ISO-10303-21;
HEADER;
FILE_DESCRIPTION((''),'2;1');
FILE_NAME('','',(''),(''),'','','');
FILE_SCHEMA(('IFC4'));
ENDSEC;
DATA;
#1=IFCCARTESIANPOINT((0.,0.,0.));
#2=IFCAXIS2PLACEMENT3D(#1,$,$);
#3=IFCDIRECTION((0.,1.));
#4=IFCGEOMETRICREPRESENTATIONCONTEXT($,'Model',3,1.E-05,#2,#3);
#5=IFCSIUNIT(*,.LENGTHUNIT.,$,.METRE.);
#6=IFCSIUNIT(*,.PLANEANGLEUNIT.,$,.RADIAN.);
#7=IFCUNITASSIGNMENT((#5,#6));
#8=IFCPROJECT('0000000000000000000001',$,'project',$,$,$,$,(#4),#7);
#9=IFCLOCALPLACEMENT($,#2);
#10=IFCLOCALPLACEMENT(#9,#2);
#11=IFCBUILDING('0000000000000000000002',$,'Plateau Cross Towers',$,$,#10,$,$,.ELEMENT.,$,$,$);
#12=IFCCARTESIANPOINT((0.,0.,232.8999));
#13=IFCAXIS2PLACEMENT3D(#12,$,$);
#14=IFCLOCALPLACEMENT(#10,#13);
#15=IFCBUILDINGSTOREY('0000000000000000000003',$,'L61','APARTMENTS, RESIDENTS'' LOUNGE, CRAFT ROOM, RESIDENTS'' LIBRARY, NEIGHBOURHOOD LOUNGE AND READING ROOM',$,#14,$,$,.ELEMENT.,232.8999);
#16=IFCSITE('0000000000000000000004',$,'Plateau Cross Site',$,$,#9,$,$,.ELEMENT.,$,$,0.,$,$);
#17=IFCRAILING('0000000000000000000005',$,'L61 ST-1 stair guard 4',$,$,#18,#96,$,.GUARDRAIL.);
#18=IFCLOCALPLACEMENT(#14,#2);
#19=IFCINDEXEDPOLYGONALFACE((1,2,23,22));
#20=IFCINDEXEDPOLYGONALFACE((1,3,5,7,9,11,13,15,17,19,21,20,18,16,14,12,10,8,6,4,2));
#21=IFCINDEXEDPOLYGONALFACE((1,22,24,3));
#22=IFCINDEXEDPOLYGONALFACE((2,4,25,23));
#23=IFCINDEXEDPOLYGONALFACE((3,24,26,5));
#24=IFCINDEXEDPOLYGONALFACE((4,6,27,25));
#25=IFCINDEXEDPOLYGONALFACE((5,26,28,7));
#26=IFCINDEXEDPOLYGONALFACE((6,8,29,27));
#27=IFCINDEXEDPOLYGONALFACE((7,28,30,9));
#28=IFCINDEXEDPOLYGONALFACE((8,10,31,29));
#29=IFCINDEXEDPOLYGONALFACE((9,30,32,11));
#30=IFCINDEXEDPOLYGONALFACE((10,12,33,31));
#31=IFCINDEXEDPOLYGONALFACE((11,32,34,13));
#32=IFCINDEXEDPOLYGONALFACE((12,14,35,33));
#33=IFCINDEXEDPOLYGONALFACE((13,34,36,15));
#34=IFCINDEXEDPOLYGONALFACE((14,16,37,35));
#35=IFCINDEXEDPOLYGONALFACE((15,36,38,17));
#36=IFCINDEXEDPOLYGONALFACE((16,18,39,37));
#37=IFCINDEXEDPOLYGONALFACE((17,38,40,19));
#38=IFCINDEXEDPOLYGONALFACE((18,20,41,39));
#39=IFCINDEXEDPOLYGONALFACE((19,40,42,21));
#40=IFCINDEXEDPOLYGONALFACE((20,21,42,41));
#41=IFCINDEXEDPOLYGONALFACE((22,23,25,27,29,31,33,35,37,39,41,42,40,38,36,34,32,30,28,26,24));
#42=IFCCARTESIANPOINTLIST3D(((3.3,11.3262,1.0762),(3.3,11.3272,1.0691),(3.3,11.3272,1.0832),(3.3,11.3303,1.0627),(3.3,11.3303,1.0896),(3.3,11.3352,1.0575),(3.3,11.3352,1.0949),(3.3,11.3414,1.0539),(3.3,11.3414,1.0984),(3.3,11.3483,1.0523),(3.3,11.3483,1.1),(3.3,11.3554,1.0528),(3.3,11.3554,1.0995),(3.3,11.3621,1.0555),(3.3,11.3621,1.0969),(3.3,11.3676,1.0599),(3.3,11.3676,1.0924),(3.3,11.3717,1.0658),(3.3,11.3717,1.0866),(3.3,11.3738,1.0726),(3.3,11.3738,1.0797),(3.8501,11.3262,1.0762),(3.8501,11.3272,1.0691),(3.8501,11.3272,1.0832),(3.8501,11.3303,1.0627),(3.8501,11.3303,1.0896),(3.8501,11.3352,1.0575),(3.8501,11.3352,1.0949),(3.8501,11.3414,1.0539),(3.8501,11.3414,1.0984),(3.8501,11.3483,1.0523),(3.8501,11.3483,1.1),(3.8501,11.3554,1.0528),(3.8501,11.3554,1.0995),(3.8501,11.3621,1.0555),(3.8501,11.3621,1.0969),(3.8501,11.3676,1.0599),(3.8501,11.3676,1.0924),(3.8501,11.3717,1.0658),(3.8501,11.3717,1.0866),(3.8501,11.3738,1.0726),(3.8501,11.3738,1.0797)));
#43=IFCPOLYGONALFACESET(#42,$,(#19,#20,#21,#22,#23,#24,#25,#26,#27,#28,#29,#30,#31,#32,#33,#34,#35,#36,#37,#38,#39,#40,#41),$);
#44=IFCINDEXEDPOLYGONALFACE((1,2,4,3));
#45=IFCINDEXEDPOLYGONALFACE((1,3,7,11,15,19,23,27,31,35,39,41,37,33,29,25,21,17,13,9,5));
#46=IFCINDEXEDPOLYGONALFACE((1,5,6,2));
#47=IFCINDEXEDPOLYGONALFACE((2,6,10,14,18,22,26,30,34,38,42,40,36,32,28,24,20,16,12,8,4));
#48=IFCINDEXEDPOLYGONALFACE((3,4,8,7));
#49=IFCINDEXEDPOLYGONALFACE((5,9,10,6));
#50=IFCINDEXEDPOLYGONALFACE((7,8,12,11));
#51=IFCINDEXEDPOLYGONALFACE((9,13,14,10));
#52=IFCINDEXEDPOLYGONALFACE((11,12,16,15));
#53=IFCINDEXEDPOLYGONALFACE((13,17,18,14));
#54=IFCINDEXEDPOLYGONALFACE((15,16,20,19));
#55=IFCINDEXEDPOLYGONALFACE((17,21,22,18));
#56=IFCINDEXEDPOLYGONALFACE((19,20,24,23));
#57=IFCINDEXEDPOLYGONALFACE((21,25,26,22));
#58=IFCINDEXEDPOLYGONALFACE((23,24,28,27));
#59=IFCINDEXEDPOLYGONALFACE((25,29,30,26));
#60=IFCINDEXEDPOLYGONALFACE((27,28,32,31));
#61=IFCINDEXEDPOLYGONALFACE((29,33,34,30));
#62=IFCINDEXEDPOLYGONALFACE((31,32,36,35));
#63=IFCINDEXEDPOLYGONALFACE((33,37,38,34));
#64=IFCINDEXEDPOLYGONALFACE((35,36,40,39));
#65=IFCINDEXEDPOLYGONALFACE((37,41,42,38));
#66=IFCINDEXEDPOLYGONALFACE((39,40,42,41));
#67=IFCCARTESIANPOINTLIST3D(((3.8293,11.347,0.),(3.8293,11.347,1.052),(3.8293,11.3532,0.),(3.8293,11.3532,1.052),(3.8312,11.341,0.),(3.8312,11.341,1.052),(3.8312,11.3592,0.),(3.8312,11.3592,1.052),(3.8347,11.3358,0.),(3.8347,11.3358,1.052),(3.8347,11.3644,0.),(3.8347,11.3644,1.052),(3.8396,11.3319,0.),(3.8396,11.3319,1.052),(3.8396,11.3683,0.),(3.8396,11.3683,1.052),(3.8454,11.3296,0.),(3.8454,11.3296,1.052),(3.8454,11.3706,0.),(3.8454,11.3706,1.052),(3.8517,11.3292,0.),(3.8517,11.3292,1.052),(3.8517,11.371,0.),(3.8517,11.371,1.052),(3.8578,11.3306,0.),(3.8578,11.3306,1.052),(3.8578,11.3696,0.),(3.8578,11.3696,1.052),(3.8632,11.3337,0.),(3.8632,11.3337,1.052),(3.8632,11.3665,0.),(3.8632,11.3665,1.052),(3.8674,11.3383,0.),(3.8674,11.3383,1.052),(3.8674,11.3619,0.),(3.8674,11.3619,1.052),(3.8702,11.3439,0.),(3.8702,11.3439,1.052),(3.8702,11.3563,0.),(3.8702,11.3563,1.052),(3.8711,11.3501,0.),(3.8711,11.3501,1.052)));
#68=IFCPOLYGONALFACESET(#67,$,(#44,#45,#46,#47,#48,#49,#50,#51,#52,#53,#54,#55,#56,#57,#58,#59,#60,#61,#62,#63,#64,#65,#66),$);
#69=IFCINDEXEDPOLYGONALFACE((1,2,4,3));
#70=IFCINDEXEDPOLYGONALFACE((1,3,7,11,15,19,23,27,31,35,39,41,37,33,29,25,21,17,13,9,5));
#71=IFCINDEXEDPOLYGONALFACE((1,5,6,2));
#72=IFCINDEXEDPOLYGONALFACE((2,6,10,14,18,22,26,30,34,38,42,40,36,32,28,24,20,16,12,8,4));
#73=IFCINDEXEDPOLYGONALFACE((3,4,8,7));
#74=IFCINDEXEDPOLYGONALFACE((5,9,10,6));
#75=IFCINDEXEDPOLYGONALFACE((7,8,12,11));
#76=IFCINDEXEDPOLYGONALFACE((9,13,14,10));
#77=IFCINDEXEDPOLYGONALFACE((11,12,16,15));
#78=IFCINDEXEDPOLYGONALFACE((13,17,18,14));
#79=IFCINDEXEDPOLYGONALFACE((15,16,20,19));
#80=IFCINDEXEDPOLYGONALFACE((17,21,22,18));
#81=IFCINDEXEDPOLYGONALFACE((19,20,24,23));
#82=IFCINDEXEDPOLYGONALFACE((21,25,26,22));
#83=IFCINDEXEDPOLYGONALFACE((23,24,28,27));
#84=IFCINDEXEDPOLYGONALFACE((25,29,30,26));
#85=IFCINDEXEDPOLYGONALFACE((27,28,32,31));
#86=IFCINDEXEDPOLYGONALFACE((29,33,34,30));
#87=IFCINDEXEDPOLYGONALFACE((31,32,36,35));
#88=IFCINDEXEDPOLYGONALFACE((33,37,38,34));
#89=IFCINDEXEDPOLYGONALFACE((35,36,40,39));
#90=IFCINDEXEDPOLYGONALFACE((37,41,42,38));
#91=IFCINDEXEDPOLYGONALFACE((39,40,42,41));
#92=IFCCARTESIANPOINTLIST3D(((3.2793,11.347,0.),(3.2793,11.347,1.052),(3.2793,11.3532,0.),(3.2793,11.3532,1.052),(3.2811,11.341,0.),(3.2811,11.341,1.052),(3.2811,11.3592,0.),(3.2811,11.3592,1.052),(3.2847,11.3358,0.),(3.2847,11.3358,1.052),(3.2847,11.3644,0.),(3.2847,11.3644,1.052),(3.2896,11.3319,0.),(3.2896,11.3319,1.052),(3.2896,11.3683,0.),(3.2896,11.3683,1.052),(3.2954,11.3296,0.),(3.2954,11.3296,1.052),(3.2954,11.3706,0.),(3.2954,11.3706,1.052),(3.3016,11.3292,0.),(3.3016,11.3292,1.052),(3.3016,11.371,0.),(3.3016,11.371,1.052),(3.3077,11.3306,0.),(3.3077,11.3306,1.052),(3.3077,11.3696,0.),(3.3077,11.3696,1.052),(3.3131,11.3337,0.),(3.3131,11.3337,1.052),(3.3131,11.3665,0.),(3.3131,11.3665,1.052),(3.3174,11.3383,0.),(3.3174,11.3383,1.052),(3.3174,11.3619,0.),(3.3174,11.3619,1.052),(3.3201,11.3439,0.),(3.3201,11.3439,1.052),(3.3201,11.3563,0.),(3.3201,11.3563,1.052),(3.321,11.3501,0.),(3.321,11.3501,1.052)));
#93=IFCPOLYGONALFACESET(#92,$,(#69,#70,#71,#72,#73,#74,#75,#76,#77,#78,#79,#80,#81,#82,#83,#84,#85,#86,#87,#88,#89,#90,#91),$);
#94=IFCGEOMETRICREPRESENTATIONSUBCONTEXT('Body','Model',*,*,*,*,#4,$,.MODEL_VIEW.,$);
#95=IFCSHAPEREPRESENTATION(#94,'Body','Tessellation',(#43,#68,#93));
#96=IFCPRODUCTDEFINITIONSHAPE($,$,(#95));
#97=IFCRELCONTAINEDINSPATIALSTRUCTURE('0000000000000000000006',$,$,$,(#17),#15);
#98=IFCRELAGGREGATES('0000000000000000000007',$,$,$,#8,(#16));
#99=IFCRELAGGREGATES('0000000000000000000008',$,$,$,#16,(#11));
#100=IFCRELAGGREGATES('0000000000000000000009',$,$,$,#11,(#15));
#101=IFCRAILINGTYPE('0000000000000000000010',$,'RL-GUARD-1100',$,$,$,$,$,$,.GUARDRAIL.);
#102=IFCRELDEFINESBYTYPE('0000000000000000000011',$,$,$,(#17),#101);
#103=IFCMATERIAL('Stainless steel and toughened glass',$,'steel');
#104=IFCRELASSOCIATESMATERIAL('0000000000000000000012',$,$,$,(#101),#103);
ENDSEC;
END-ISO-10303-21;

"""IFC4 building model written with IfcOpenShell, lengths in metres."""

from ifc_helpers import new_model, si_unit, direction, frame, origin, origin_2d, place, context, subcontext, project, spatial, circle, extrude, material, type_object, element, save


model = new_model("IFC4")

# Units and contexts
model_context = context("Model", 3, precision=1e-05, world=origin(), true_north=direction((0.0, 1.0)))
body_context = subcontext(model_context, "Body", "Model", "MODEL_VIEW")
ifc_project = project(units=[si_unit("LENGTHUNIT", "METRE"), si_unit("PLANEANGLEUNIT", "RADIAN")], contexts=[model_context])

# Site, building, storey
site_placement = place(None, origin())
site = spatial("IfcSite", under=ifc_project, at=site_placement, Name="Plateau Cross Site", CompositionType="ELEMENT", RefElevation=0.0)
building_placement = place(site_placement, origin())
building = spatial("IfcBuilding", under=site, at=building_placement, Name="Plateau Cross Towers", CompositionType="ELEMENT")
storey_placement = place(building_placement, frame((0.0, 0.0, 232.8999)))
storey = spatial("IfcBuildingStorey", under=building, at=storey_placement, Name="L61", Description="APARTMENTS, RESIDENTS' LOUNGE, CRAFT ROOM, RESIDENTS' LIBRARY, NEIGHBOURHOOD LOUNGE AND READING ROOM", CompositionType="ELEMENT", Elevation=232.8999)

# Railing
ifc_material_1 = material(Name="Stainless steel and toughened glass", Category="steel")
railing_type_1 = type_object("IfcRailingType", Name="RL-GUARD-1100", PredefinedType="GUARDRAIL", material=ifc_material_1)
railing_1_placement = place(storey_placement, frame((3.8501, 11.3501, 0.0)))
element("IfcRailing", 1, at=railing_1_placement, inside=storey, type_object=railing_type_1, Name="L61 ST-1 stair guard 4", PredefinedType="GUARDRAIL", context=body_context, shape_type="SweptSolid", body=[
    extrude(circle(Radius=0.0239, at=origin_2d()), frame((0.0, 0.0, 1.0762), z_axis=(-1.0, 0.0, 0.0), x_axis=(0.0, -1.0, 0.0)), (0.0, 0.0, 1.0), 0.55),
    extrude(circle(Radius=0.021, at=origin_2d()), origin(), (0.0, 0.0, 1.0), 1.052),
    extrude(circle(Radius=0.021, at=origin_2d()), frame((-0.55, 0.0, 0.0)), (0.0, 0.0, 1.0), 1.052),
])

save(model, "model.ifc")
